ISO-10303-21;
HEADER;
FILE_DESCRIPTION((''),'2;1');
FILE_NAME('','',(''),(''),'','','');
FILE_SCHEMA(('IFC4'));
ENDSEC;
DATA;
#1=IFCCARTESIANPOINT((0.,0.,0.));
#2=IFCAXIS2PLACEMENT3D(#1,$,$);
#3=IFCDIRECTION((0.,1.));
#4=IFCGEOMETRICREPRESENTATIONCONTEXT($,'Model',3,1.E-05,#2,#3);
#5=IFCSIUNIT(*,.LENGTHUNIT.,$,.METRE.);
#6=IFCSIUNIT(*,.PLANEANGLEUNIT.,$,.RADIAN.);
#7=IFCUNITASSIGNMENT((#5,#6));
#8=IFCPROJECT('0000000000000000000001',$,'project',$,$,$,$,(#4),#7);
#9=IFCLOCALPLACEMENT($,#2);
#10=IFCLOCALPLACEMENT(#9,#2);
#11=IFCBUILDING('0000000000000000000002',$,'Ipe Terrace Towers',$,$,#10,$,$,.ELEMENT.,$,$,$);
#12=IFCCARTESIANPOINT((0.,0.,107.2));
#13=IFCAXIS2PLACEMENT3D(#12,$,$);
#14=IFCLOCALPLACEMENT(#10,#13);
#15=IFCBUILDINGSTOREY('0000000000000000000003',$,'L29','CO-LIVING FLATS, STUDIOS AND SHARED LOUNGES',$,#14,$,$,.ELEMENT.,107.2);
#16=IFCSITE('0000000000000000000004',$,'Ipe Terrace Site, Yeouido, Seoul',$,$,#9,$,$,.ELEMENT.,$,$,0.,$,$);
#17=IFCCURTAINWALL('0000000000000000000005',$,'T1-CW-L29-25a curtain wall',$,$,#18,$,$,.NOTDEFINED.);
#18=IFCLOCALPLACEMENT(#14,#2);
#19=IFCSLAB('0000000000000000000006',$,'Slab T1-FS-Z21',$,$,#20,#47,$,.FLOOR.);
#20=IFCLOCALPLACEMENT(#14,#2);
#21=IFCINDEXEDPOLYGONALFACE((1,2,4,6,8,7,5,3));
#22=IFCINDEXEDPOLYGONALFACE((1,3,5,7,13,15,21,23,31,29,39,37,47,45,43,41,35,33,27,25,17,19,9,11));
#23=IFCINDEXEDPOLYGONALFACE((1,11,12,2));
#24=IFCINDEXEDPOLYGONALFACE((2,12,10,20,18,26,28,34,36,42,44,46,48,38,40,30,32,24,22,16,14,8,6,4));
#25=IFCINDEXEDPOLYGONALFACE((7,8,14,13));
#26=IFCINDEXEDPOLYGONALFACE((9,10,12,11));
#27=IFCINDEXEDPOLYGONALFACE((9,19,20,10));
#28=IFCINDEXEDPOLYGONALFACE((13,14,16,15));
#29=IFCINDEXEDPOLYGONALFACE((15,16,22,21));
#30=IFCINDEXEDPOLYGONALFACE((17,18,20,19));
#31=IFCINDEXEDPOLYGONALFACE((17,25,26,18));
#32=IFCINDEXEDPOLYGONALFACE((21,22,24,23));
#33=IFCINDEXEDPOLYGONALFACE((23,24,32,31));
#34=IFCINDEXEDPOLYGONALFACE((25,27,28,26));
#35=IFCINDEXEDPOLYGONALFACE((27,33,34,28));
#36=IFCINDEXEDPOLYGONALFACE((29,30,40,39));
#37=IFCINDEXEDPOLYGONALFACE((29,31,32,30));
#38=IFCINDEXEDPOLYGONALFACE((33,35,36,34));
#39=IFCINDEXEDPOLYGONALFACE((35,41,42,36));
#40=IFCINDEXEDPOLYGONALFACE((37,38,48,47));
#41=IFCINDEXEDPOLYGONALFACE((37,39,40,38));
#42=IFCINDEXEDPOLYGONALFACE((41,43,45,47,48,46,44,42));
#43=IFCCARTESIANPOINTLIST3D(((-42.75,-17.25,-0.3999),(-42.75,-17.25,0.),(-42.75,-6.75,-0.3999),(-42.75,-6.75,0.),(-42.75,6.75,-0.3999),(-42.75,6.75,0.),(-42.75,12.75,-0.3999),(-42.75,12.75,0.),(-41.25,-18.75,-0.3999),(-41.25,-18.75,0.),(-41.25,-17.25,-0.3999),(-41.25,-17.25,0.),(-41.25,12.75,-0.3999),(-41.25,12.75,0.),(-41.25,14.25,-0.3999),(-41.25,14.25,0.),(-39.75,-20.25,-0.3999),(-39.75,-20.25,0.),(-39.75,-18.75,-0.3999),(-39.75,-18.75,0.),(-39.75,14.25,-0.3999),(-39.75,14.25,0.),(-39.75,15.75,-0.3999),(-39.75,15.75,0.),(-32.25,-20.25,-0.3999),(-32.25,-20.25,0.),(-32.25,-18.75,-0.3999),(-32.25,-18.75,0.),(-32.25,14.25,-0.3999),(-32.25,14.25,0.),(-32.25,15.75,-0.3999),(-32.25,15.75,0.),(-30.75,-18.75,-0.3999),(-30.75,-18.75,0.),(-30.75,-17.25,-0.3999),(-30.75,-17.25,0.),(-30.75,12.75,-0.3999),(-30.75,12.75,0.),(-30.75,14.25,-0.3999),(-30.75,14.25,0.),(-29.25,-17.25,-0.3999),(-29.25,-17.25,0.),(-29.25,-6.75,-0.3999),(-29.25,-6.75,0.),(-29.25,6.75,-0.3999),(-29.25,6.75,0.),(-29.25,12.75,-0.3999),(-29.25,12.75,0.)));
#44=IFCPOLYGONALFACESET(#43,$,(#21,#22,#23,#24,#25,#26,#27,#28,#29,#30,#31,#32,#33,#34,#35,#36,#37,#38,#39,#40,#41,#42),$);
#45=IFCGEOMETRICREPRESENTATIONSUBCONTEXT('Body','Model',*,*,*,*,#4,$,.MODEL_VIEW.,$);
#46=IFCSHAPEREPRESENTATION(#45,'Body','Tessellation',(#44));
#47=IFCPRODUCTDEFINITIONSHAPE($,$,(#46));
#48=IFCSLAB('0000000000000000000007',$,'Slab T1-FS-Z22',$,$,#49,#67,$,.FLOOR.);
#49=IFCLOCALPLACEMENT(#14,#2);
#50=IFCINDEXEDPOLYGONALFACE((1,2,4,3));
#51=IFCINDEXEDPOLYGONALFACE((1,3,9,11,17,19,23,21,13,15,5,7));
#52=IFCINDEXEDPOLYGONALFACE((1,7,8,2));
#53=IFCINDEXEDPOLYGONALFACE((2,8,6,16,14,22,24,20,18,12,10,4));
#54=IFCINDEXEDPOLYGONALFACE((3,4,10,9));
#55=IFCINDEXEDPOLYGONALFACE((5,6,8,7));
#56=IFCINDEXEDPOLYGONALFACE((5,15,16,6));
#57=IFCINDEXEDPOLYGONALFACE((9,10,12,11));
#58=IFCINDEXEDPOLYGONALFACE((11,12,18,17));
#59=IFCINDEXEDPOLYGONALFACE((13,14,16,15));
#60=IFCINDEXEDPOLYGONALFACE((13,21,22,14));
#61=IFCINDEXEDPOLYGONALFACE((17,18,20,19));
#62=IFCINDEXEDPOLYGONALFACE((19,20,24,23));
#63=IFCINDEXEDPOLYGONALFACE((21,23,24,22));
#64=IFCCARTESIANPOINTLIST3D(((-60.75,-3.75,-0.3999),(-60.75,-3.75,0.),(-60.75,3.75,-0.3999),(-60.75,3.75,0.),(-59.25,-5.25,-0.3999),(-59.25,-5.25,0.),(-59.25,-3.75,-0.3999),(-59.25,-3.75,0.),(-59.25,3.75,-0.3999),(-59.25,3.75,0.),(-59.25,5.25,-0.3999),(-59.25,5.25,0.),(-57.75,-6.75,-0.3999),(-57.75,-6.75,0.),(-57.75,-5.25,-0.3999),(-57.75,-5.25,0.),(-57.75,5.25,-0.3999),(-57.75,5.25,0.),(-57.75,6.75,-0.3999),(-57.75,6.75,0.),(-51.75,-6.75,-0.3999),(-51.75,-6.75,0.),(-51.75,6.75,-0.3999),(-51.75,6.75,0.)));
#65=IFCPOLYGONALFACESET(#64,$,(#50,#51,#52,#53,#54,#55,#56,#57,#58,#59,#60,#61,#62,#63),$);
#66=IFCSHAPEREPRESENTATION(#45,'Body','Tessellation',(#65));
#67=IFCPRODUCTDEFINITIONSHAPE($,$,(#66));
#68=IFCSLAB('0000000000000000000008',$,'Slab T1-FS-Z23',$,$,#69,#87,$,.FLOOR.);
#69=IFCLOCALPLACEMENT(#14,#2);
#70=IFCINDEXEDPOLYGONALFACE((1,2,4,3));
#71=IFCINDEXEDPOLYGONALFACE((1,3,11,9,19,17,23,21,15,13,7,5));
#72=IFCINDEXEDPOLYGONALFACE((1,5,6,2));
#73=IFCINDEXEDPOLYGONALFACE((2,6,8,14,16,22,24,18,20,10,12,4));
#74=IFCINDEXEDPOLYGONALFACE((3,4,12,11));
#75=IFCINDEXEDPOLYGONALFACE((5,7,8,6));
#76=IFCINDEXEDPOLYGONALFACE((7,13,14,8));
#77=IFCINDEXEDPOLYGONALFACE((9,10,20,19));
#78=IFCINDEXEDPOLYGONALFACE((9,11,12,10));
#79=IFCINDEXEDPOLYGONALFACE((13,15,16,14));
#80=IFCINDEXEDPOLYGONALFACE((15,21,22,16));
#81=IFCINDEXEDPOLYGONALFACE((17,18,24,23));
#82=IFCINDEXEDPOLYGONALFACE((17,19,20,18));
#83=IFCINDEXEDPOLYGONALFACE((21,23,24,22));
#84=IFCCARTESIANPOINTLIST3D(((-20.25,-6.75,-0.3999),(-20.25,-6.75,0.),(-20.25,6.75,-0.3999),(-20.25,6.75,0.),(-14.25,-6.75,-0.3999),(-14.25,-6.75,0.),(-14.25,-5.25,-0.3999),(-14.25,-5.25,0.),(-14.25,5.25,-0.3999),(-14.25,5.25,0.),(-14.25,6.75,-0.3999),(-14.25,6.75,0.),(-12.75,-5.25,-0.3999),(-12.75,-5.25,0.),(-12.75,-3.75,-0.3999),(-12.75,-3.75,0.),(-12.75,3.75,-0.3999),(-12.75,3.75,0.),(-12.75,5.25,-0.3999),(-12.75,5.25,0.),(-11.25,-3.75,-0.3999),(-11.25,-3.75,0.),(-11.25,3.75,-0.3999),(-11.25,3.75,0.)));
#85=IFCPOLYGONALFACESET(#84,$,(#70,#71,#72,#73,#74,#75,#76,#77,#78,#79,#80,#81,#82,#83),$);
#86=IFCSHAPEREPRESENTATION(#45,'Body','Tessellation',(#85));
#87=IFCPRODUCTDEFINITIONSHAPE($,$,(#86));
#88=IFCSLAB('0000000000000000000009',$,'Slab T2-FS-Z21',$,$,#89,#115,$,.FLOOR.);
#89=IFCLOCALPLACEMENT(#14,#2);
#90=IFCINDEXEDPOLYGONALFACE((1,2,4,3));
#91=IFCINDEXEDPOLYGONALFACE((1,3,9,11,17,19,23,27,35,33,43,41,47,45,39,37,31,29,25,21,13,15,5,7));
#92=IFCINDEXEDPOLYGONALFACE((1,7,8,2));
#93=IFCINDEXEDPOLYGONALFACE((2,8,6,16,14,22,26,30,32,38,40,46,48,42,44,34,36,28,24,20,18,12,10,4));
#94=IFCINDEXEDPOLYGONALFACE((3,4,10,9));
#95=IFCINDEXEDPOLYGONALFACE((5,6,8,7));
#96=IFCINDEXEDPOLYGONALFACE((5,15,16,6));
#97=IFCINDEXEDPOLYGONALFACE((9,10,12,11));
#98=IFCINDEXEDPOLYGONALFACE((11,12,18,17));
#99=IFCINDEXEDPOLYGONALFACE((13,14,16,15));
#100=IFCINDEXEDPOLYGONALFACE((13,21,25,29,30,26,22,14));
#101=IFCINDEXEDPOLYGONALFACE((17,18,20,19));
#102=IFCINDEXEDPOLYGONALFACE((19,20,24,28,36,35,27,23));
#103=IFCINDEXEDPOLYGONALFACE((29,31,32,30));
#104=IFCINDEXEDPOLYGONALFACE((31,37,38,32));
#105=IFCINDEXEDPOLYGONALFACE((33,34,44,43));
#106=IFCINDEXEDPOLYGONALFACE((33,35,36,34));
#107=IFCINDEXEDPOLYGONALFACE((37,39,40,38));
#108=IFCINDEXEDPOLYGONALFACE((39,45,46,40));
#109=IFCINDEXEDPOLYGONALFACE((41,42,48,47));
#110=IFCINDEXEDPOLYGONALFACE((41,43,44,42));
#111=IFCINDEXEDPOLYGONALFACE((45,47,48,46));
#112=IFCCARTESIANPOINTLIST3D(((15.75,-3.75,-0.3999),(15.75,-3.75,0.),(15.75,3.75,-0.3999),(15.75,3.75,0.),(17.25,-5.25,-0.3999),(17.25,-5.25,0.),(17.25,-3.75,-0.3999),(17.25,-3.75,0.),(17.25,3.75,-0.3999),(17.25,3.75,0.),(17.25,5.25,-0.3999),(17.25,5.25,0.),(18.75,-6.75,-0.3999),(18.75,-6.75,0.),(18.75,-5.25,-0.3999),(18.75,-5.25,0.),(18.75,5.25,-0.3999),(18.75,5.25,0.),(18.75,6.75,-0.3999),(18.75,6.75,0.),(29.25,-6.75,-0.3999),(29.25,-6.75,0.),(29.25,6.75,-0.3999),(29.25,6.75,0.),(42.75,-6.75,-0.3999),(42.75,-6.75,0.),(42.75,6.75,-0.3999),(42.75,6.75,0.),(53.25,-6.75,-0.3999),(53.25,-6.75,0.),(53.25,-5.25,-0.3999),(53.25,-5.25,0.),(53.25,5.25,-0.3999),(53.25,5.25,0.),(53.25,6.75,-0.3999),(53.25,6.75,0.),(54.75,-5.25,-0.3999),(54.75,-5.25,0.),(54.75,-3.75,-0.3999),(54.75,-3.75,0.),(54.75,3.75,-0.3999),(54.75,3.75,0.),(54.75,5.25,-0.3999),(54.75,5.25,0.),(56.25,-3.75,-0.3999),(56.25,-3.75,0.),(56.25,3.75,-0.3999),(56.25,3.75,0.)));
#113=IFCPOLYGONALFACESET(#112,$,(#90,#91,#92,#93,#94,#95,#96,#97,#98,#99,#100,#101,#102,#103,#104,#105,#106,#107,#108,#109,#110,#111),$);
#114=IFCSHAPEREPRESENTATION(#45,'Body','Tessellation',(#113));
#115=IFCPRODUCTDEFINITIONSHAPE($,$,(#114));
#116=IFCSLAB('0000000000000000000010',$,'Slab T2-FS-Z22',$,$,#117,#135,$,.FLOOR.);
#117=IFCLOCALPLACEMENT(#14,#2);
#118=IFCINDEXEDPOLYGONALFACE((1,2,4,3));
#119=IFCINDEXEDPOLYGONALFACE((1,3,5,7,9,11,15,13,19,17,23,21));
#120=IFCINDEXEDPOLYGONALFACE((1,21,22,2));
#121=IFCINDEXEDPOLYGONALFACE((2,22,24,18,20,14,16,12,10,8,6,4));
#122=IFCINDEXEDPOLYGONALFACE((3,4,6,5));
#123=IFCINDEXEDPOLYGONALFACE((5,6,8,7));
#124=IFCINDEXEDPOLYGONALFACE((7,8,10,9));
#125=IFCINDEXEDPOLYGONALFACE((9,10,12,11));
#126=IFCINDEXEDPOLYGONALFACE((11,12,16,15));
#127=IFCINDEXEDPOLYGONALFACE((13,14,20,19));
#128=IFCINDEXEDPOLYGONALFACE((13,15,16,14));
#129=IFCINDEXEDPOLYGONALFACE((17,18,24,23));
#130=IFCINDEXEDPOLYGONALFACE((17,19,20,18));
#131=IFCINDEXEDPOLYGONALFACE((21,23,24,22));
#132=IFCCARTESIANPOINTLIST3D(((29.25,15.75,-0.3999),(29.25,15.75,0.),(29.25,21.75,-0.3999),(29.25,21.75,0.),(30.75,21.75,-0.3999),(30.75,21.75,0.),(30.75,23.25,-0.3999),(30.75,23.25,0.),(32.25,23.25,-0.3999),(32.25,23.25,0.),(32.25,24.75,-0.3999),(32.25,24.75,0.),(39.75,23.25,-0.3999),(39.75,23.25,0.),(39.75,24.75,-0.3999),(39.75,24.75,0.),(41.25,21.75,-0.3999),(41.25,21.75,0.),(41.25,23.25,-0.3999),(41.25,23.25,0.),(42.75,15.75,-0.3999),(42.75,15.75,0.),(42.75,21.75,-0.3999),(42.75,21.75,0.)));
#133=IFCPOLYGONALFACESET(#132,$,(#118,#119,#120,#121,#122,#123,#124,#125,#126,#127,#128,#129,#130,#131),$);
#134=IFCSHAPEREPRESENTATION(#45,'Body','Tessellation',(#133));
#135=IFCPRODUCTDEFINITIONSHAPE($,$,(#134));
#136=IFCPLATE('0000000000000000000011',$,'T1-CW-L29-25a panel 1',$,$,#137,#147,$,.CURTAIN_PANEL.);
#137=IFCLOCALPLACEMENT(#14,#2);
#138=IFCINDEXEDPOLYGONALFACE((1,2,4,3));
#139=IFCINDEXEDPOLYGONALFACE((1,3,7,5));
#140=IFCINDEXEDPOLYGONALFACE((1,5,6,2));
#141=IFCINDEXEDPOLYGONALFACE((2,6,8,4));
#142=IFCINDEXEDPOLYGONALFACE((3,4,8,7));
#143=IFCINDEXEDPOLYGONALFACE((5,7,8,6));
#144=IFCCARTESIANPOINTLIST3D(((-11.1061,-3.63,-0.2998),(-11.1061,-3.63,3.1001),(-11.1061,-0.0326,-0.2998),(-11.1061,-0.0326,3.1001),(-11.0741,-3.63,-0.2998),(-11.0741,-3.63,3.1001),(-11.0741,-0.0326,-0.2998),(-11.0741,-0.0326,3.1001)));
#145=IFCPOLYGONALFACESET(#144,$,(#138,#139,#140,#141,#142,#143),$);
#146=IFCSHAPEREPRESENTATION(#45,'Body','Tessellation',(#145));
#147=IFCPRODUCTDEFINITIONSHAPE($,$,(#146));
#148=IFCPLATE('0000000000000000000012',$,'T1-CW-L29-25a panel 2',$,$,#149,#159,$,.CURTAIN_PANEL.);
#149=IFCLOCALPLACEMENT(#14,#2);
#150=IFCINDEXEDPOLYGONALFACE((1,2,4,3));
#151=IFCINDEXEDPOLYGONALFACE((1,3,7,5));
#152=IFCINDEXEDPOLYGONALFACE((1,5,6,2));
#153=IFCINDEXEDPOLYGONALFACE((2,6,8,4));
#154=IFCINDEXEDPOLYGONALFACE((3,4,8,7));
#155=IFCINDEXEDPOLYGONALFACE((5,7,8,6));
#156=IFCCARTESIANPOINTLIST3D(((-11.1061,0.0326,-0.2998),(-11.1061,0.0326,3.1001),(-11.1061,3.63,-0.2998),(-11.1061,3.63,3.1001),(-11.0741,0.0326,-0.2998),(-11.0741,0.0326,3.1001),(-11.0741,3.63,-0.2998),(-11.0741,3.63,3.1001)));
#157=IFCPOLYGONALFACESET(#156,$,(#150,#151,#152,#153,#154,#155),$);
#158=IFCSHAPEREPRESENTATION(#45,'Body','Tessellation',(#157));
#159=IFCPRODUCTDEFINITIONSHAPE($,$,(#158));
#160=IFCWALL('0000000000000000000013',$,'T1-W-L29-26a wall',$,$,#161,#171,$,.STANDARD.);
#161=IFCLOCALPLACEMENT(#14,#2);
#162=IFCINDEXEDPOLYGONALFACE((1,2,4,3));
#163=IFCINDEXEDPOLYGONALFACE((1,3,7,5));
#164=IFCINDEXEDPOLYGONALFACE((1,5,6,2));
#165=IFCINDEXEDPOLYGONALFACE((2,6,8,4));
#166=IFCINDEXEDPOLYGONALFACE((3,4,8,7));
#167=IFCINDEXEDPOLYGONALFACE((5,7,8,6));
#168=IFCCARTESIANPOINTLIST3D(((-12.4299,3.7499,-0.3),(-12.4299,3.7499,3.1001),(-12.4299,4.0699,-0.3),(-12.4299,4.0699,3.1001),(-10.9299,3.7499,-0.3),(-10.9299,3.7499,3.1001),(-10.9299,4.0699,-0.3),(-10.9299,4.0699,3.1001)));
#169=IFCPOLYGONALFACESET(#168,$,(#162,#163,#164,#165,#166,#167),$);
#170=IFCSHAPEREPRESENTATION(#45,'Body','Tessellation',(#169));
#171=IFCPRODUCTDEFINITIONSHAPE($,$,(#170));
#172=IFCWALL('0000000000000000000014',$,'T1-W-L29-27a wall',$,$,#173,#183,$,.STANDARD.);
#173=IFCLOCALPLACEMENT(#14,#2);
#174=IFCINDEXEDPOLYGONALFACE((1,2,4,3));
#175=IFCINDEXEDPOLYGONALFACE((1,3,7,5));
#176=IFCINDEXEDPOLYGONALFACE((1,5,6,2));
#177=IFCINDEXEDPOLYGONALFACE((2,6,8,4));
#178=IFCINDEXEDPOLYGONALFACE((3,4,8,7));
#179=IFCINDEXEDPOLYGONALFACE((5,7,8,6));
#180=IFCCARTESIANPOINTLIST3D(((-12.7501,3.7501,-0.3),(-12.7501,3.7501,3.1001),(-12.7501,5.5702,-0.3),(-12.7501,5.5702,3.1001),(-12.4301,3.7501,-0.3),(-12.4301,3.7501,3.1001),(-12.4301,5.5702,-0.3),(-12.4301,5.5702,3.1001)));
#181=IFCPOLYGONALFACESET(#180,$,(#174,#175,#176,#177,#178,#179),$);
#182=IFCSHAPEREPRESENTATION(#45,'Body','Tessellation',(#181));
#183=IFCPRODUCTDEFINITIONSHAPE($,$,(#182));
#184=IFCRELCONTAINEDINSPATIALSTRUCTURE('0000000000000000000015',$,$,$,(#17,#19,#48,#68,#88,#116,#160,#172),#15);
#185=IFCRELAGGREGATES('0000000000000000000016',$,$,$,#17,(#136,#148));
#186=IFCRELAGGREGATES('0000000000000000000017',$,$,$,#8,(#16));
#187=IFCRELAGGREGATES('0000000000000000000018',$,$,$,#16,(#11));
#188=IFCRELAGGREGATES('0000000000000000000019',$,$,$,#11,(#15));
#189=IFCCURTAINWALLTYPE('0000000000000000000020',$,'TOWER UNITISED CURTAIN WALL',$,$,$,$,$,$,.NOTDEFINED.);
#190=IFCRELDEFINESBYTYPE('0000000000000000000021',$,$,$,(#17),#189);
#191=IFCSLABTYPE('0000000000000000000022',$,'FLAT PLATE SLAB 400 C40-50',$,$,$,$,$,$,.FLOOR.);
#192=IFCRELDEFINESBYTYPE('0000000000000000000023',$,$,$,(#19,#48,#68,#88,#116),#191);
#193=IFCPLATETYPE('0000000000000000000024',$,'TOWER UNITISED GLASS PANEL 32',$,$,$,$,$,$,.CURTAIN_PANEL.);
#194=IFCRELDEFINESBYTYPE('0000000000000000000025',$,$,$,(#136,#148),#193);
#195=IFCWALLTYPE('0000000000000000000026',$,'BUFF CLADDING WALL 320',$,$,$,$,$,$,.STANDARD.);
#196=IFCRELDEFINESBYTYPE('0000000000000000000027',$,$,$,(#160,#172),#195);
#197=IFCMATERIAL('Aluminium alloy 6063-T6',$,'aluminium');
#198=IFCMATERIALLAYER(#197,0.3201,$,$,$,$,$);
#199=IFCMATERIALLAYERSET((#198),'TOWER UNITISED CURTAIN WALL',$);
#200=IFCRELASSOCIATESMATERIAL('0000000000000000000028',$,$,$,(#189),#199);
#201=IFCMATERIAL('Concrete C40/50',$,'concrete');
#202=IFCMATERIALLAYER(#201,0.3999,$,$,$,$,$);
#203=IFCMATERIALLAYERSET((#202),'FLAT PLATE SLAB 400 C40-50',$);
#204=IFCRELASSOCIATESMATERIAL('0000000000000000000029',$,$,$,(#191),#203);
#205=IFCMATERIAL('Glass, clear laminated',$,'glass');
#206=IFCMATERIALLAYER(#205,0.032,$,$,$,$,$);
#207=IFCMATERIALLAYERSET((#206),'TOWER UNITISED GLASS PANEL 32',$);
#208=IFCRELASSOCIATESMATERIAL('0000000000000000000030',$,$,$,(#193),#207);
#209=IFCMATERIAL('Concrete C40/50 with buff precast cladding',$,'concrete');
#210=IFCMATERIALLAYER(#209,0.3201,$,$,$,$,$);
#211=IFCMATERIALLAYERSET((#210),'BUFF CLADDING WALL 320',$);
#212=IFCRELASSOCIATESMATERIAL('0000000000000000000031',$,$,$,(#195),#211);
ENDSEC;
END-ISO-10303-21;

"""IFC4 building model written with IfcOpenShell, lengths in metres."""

from ifc_helpers import new_model, si_unit, direction, frame, frame_2d, origin, origin_2d, place, context, subcontext, project, spatial, polyline, rectangle, outline, extrude, material, layer, layer_set, type_object, element, aggregate, save


model = new_model("IFC4")

# Units and contexts
model_context = context("Model", 3, precision=1e-05, world=origin(), true_north=direction((0.0, 1.0)))
body_context = subcontext(model_context, "Body", "Model", "MODEL_VIEW")
ifc_project = project(units=[si_unit("LENGTHUNIT", "METRE"), si_unit("PLANEANGLEUNIT", "RADIAN")], contexts=[model_context])

# Site, building, storey
site_placement = place(None, origin())
site = spatial("IfcSite", under=ifc_project, at=site_placement, Name="Ipe Terrace Site, Yeouido, Seoul", CompositionType="ELEMENT", RefElevation=0.0)
building_placement = place(site_placement, origin())
building = spatial("IfcBuilding", under=site, at=building_placement, Name="Ipe Terrace Towers", CompositionType="ELEMENT")
storey_placement = place(building_placement, frame((0.0, 0.0, 107.2)))
storey = spatial("IfcBuildingStorey", under=building, at=storey_placement, Name="L29", Description="CO-LIVING FLATS, STUDIOS AND SHARED LOUNGES", CompositionType="ELEMENT", Elevation=107.2)

# Curtain wall
ifc_material_1 = material(Name="Aluminium alloy 6063-T6", Category="aluminium")
ifc_layer_1 = layer(ifc_material_1, 0.3201)
ifc_layer_set_1 = layer_set([ifc_layer_1], Name="TOWER UNITISED CURTAIN WALL")
curtain_wall_type = type_object("IfcCurtainWallType", Name="TOWER UNITISED CURTAIN WALL", PredefinedType="NOTDEFINED", material=ifc_layer_set_1)
curtain_wall_placement = place(storey_placement, origin())
curtain_wall = element("IfcCurtainWall", 1, at=curtain_wall_placement, inside=storey, type_object=curtain_wall_type, Name="T1-CW-L29-25a curtain wall", PredefinedType="NOTDEFINED")

# Slabs
ifc_material_2 = material(Name="Concrete C40/50", Category="concrete")
ifc_layer_2 = layer(ifc_material_2, 0.3999)
ifc_layer_set_2 = layer_set([ifc_layer_2], Name="FLAT PLATE SLAB 400 C40-50")
slab_type_1 = type_object("IfcSlabType", Name="FLAT PLATE SLAB 400 C40-50", PredefinedType="FLOOR", material=ifc_layer_set_2)
slab_1_placement = place(storey_placement, frame((0.0, 0.0, -0.3999)))
element("IfcSlab", 2, at=slab_1_placement, inside=storey, type_object=slab_type_1, Name="Slab T1-FS-Z21", PredefinedType="FLOOR", context=body_context, shape_type="SweptSolid", body=[
    extrude(outline(polyline([(-30.75, -17.25), (-30.75, -18.75), (-32.25, -18.75), (-32.25, -20.25), (-39.75, -20.25), (-39.75, -18.75), (-41.25, -18.75), (-41.25, -17.25), (-42.75, -17.25), (-42.75, -6.75), (-42.75, 6.75), (-42.75, 12.75), (-41.25, 12.75), (-41.25, 14.25), (-39.75, 14.25), (-39.75, 15.75), (-32.25, 15.75), (-32.25, 14.25), (-30.75, 14.25), (-30.75, 12.75), (-29.25, 12.75), (-29.25, 6.75), (-29.25, -6.75), (-29.25, -17.25), (-30.75, -17.25)])), origin(), (0.0, 0.0, 1.0), 0.3999),
])
slab_2_placement = place(storey_placement, frame((0.0, 0.0, -0.3999)))
element("IfcSlab", 3, at=slab_2_placement, inside=storey, type_object=slab_type_1, Name="Slab T1-FS-Z22", PredefinedType="FLOOR", context=body_context, shape_type="SweptSolid", body=[
    extrude(outline(polyline([(-57.75, -6.75), (-57.75, -5.25), (-59.25, -5.25), (-59.25, -3.75), (-60.75, -3.75), (-60.75, 3.75), (-59.25, 3.75), (-59.25, 5.25), (-57.75, 5.25), (-57.75, 6.75), (-51.75, 6.75), (-51.75, -6.75), (-57.75, -6.75)])), origin(), (0.0, 0.0, 1.0), 0.3999),
])
slab_3_placement = place(storey_placement, frame((0.0, 0.0, -0.3999)))
element("IfcSlab", 4, at=slab_3_placement, inside=storey, type_object=slab_type_1, Name="Slab T1-FS-Z23", PredefinedType="FLOOR", context=body_context, shape_type="SweptSolid", body=[
    extrude(outline(polyline([(-14.25, 5.25), (-12.75, 5.25), (-12.75, 3.75), (-11.25, 3.75), (-11.25, -3.75), (-12.75, -3.75), (-12.75, -5.25), (-14.25, -5.25), (-14.25, -6.75), (-20.25, -6.75), (-20.25, 6.75), (-14.25, 6.75), (-14.25, 5.25)])), origin(), (0.0, 0.0, 1.0), 0.3999),
])
slab_4_placement = place(storey_placement, frame((0.0, 0.0, -0.3999)))
element("IfcSlab", 5, at=slab_4_placement, inside=storey, type_object=slab_type_1, Name="Slab T2-FS-Z21", PredefinedType="FLOOR", context=body_context, shape_type="SweptSolid", body=[
    extrude(outline(polyline([(53.25, 5.25), (54.75, 5.25), (54.75, 3.75), (56.25, 3.75), (56.25, -3.75), (54.75, -3.75), (54.75, -5.25), (53.25, -5.25), (53.25, -6.75), (42.75, -6.75), (29.25, -6.75), (18.75, -6.75), (18.75, -5.25), (17.25, -5.25), (17.25, -3.75), (15.75, -3.75), (15.75, 3.75), (17.25, 3.75), (17.25, 5.25), (18.75, 5.25), (18.75, 6.75), (29.25, 6.75), (42.75, 6.75), (53.25, 6.75), (53.25, 5.25)])), origin(), (0.0, 0.0, 1.0), 0.3999),
])
slab_5_placement = place(storey_placement, frame((0.0, 0.0, -0.3999)))
element("IfcSlab", 6, at=slab_5_placement, inside=storey, type_object=slab_type_1, Name="Slab T2-FS-Z22", PredefinedType="FLOOR", context=body_context, shape_type="SweptSolid", body=[
    extrude(outline(polyline([(30.75, 21.75), (30.75, 23.25), (32.25, 23.25), (32.25, 24.75), (39.75, 24.75), (39.75, 23.25), (41.25, 23.25), (41.25, 21.75), (42.75, 21.75), (42.75, 15.75), (29.25, 15.75), (29.25, 21.75), (30.75, 21.75)])), origin(), (0.0, 0.0, 1.0), 0.3999),
])

# Plates
ifc_material_3 = material(Name="Glass, clear laminated", Category="glass")
ifc_layer_3 = layer(ifc_material_3, 0.032)
ifc_layer_set_3 = layer_set([ifc_layer_3], Name="TOWER UNITISED GLASS PANEL 32")
plate_type = type_object("IfcPlateType", Name="TOWER UNITISED GLASS PANEL 32", PredefinedType="CURTAIN_PANEL", material=ifc_layer_set_3)
plate_1_placement = place(storey_placement, frame((-11.0901, -1.8313, -0.2998), z_axis=(0.0, 0.0, 1.0), x_axis=(0.0, 1.0, 0.0)))
plate_1 = element("IfcPlate", 7, at=plate_1_placement, type_object=plate_type, Name="T1-CW-L29-25a panel 1", PredefinedType="CURTAIN_PANEL", context=body_context, shape_type="SweptSolid", body=[
    extrude(rectangle(XDim=3.5974, YDim=0.032, at=origin_2d()), origin(), (0.0, 0.0, 1.0), 3.3999),
])
plate_2_placement = place(storey_placement, frame((-11.0901, 1.8313, -0.2998), z_axis=(0.0, 0.0, 1.0), x_axis=(0.0, 1.0, 0.0)))
plate_2 = element("IfcPlate", 8, at=plate_2_placement, type_object=plate_type, Name="T1-CW-L29-25a panel 2", PredefinedType="CURTAIN_PANEL", context=body_context, shape_type="SweptSolid", body=[
    extrude(rectangle(XDim=3.5974, YDim=0.032, at=origin_2d()), origin(), (0.0, 0.0, 1.0), 3.3999),
])
aggregate(curtain_wall, [plate_1, plate_2])

# Walls
ifc_material_4 = material(Name="Concrete C40/50 with buff precast cladding", Category="concrete")
ifc_layer_4 = layer(ifc_material_4, 0.3201)
ifc_layer_set_4 = layer_set([ifc_layer_4], Name="BUFF CLADDING WALL 320")
wall_type = type_object("IfcWallType", Name="BUFF CLADDING WALL 320", PredefinedType="STANDARD", material=ifc_layer_set_4)
wall_1_placement = place(storey_placement, frame((-10.9299, 3.9099, -0.3), z_axis=(0.0, 0.0, 1.0), x_axis=(-1.0, 0.0, 0.0)))
element("IfcWall", 9, at=wall_1_placement, inside=storey, type_object=wall_type, Name="T1-W-L29-26a wall", PredefinedType="STANDARD", context=body_context, shape_type="SweptSolid", body=[
    extrude(rectangle(XDim=1.5, YDim=0.3201, at=frame_2d((0.75, 0.0))), origin(), (0.0, 0.0, 1.0), 3.4001),
])
wall_2_placement = place(storey_placement, frame((-12.5901, 3.75, -0.3), z_axis=(0.0, 0.0, 1.0), x_axis=(0.0, 1.0, 0.0)))
element("IfcWall", 10, at=wall_2_placement, inside=storey, type_object=wall_type, Name="T1-W-L29-27a wall", PredefinedType="STANDARD", context=body_context, shape_type="SweptSolid", body=[
    extrude(rectangle(XDim=1.8201, YDim=0.3201, at=frame_2d((0.9102, 0.0))), origin(), (0.0, 0.0, 1.0), 3.4001),
])

save(model, "model.ifc")
